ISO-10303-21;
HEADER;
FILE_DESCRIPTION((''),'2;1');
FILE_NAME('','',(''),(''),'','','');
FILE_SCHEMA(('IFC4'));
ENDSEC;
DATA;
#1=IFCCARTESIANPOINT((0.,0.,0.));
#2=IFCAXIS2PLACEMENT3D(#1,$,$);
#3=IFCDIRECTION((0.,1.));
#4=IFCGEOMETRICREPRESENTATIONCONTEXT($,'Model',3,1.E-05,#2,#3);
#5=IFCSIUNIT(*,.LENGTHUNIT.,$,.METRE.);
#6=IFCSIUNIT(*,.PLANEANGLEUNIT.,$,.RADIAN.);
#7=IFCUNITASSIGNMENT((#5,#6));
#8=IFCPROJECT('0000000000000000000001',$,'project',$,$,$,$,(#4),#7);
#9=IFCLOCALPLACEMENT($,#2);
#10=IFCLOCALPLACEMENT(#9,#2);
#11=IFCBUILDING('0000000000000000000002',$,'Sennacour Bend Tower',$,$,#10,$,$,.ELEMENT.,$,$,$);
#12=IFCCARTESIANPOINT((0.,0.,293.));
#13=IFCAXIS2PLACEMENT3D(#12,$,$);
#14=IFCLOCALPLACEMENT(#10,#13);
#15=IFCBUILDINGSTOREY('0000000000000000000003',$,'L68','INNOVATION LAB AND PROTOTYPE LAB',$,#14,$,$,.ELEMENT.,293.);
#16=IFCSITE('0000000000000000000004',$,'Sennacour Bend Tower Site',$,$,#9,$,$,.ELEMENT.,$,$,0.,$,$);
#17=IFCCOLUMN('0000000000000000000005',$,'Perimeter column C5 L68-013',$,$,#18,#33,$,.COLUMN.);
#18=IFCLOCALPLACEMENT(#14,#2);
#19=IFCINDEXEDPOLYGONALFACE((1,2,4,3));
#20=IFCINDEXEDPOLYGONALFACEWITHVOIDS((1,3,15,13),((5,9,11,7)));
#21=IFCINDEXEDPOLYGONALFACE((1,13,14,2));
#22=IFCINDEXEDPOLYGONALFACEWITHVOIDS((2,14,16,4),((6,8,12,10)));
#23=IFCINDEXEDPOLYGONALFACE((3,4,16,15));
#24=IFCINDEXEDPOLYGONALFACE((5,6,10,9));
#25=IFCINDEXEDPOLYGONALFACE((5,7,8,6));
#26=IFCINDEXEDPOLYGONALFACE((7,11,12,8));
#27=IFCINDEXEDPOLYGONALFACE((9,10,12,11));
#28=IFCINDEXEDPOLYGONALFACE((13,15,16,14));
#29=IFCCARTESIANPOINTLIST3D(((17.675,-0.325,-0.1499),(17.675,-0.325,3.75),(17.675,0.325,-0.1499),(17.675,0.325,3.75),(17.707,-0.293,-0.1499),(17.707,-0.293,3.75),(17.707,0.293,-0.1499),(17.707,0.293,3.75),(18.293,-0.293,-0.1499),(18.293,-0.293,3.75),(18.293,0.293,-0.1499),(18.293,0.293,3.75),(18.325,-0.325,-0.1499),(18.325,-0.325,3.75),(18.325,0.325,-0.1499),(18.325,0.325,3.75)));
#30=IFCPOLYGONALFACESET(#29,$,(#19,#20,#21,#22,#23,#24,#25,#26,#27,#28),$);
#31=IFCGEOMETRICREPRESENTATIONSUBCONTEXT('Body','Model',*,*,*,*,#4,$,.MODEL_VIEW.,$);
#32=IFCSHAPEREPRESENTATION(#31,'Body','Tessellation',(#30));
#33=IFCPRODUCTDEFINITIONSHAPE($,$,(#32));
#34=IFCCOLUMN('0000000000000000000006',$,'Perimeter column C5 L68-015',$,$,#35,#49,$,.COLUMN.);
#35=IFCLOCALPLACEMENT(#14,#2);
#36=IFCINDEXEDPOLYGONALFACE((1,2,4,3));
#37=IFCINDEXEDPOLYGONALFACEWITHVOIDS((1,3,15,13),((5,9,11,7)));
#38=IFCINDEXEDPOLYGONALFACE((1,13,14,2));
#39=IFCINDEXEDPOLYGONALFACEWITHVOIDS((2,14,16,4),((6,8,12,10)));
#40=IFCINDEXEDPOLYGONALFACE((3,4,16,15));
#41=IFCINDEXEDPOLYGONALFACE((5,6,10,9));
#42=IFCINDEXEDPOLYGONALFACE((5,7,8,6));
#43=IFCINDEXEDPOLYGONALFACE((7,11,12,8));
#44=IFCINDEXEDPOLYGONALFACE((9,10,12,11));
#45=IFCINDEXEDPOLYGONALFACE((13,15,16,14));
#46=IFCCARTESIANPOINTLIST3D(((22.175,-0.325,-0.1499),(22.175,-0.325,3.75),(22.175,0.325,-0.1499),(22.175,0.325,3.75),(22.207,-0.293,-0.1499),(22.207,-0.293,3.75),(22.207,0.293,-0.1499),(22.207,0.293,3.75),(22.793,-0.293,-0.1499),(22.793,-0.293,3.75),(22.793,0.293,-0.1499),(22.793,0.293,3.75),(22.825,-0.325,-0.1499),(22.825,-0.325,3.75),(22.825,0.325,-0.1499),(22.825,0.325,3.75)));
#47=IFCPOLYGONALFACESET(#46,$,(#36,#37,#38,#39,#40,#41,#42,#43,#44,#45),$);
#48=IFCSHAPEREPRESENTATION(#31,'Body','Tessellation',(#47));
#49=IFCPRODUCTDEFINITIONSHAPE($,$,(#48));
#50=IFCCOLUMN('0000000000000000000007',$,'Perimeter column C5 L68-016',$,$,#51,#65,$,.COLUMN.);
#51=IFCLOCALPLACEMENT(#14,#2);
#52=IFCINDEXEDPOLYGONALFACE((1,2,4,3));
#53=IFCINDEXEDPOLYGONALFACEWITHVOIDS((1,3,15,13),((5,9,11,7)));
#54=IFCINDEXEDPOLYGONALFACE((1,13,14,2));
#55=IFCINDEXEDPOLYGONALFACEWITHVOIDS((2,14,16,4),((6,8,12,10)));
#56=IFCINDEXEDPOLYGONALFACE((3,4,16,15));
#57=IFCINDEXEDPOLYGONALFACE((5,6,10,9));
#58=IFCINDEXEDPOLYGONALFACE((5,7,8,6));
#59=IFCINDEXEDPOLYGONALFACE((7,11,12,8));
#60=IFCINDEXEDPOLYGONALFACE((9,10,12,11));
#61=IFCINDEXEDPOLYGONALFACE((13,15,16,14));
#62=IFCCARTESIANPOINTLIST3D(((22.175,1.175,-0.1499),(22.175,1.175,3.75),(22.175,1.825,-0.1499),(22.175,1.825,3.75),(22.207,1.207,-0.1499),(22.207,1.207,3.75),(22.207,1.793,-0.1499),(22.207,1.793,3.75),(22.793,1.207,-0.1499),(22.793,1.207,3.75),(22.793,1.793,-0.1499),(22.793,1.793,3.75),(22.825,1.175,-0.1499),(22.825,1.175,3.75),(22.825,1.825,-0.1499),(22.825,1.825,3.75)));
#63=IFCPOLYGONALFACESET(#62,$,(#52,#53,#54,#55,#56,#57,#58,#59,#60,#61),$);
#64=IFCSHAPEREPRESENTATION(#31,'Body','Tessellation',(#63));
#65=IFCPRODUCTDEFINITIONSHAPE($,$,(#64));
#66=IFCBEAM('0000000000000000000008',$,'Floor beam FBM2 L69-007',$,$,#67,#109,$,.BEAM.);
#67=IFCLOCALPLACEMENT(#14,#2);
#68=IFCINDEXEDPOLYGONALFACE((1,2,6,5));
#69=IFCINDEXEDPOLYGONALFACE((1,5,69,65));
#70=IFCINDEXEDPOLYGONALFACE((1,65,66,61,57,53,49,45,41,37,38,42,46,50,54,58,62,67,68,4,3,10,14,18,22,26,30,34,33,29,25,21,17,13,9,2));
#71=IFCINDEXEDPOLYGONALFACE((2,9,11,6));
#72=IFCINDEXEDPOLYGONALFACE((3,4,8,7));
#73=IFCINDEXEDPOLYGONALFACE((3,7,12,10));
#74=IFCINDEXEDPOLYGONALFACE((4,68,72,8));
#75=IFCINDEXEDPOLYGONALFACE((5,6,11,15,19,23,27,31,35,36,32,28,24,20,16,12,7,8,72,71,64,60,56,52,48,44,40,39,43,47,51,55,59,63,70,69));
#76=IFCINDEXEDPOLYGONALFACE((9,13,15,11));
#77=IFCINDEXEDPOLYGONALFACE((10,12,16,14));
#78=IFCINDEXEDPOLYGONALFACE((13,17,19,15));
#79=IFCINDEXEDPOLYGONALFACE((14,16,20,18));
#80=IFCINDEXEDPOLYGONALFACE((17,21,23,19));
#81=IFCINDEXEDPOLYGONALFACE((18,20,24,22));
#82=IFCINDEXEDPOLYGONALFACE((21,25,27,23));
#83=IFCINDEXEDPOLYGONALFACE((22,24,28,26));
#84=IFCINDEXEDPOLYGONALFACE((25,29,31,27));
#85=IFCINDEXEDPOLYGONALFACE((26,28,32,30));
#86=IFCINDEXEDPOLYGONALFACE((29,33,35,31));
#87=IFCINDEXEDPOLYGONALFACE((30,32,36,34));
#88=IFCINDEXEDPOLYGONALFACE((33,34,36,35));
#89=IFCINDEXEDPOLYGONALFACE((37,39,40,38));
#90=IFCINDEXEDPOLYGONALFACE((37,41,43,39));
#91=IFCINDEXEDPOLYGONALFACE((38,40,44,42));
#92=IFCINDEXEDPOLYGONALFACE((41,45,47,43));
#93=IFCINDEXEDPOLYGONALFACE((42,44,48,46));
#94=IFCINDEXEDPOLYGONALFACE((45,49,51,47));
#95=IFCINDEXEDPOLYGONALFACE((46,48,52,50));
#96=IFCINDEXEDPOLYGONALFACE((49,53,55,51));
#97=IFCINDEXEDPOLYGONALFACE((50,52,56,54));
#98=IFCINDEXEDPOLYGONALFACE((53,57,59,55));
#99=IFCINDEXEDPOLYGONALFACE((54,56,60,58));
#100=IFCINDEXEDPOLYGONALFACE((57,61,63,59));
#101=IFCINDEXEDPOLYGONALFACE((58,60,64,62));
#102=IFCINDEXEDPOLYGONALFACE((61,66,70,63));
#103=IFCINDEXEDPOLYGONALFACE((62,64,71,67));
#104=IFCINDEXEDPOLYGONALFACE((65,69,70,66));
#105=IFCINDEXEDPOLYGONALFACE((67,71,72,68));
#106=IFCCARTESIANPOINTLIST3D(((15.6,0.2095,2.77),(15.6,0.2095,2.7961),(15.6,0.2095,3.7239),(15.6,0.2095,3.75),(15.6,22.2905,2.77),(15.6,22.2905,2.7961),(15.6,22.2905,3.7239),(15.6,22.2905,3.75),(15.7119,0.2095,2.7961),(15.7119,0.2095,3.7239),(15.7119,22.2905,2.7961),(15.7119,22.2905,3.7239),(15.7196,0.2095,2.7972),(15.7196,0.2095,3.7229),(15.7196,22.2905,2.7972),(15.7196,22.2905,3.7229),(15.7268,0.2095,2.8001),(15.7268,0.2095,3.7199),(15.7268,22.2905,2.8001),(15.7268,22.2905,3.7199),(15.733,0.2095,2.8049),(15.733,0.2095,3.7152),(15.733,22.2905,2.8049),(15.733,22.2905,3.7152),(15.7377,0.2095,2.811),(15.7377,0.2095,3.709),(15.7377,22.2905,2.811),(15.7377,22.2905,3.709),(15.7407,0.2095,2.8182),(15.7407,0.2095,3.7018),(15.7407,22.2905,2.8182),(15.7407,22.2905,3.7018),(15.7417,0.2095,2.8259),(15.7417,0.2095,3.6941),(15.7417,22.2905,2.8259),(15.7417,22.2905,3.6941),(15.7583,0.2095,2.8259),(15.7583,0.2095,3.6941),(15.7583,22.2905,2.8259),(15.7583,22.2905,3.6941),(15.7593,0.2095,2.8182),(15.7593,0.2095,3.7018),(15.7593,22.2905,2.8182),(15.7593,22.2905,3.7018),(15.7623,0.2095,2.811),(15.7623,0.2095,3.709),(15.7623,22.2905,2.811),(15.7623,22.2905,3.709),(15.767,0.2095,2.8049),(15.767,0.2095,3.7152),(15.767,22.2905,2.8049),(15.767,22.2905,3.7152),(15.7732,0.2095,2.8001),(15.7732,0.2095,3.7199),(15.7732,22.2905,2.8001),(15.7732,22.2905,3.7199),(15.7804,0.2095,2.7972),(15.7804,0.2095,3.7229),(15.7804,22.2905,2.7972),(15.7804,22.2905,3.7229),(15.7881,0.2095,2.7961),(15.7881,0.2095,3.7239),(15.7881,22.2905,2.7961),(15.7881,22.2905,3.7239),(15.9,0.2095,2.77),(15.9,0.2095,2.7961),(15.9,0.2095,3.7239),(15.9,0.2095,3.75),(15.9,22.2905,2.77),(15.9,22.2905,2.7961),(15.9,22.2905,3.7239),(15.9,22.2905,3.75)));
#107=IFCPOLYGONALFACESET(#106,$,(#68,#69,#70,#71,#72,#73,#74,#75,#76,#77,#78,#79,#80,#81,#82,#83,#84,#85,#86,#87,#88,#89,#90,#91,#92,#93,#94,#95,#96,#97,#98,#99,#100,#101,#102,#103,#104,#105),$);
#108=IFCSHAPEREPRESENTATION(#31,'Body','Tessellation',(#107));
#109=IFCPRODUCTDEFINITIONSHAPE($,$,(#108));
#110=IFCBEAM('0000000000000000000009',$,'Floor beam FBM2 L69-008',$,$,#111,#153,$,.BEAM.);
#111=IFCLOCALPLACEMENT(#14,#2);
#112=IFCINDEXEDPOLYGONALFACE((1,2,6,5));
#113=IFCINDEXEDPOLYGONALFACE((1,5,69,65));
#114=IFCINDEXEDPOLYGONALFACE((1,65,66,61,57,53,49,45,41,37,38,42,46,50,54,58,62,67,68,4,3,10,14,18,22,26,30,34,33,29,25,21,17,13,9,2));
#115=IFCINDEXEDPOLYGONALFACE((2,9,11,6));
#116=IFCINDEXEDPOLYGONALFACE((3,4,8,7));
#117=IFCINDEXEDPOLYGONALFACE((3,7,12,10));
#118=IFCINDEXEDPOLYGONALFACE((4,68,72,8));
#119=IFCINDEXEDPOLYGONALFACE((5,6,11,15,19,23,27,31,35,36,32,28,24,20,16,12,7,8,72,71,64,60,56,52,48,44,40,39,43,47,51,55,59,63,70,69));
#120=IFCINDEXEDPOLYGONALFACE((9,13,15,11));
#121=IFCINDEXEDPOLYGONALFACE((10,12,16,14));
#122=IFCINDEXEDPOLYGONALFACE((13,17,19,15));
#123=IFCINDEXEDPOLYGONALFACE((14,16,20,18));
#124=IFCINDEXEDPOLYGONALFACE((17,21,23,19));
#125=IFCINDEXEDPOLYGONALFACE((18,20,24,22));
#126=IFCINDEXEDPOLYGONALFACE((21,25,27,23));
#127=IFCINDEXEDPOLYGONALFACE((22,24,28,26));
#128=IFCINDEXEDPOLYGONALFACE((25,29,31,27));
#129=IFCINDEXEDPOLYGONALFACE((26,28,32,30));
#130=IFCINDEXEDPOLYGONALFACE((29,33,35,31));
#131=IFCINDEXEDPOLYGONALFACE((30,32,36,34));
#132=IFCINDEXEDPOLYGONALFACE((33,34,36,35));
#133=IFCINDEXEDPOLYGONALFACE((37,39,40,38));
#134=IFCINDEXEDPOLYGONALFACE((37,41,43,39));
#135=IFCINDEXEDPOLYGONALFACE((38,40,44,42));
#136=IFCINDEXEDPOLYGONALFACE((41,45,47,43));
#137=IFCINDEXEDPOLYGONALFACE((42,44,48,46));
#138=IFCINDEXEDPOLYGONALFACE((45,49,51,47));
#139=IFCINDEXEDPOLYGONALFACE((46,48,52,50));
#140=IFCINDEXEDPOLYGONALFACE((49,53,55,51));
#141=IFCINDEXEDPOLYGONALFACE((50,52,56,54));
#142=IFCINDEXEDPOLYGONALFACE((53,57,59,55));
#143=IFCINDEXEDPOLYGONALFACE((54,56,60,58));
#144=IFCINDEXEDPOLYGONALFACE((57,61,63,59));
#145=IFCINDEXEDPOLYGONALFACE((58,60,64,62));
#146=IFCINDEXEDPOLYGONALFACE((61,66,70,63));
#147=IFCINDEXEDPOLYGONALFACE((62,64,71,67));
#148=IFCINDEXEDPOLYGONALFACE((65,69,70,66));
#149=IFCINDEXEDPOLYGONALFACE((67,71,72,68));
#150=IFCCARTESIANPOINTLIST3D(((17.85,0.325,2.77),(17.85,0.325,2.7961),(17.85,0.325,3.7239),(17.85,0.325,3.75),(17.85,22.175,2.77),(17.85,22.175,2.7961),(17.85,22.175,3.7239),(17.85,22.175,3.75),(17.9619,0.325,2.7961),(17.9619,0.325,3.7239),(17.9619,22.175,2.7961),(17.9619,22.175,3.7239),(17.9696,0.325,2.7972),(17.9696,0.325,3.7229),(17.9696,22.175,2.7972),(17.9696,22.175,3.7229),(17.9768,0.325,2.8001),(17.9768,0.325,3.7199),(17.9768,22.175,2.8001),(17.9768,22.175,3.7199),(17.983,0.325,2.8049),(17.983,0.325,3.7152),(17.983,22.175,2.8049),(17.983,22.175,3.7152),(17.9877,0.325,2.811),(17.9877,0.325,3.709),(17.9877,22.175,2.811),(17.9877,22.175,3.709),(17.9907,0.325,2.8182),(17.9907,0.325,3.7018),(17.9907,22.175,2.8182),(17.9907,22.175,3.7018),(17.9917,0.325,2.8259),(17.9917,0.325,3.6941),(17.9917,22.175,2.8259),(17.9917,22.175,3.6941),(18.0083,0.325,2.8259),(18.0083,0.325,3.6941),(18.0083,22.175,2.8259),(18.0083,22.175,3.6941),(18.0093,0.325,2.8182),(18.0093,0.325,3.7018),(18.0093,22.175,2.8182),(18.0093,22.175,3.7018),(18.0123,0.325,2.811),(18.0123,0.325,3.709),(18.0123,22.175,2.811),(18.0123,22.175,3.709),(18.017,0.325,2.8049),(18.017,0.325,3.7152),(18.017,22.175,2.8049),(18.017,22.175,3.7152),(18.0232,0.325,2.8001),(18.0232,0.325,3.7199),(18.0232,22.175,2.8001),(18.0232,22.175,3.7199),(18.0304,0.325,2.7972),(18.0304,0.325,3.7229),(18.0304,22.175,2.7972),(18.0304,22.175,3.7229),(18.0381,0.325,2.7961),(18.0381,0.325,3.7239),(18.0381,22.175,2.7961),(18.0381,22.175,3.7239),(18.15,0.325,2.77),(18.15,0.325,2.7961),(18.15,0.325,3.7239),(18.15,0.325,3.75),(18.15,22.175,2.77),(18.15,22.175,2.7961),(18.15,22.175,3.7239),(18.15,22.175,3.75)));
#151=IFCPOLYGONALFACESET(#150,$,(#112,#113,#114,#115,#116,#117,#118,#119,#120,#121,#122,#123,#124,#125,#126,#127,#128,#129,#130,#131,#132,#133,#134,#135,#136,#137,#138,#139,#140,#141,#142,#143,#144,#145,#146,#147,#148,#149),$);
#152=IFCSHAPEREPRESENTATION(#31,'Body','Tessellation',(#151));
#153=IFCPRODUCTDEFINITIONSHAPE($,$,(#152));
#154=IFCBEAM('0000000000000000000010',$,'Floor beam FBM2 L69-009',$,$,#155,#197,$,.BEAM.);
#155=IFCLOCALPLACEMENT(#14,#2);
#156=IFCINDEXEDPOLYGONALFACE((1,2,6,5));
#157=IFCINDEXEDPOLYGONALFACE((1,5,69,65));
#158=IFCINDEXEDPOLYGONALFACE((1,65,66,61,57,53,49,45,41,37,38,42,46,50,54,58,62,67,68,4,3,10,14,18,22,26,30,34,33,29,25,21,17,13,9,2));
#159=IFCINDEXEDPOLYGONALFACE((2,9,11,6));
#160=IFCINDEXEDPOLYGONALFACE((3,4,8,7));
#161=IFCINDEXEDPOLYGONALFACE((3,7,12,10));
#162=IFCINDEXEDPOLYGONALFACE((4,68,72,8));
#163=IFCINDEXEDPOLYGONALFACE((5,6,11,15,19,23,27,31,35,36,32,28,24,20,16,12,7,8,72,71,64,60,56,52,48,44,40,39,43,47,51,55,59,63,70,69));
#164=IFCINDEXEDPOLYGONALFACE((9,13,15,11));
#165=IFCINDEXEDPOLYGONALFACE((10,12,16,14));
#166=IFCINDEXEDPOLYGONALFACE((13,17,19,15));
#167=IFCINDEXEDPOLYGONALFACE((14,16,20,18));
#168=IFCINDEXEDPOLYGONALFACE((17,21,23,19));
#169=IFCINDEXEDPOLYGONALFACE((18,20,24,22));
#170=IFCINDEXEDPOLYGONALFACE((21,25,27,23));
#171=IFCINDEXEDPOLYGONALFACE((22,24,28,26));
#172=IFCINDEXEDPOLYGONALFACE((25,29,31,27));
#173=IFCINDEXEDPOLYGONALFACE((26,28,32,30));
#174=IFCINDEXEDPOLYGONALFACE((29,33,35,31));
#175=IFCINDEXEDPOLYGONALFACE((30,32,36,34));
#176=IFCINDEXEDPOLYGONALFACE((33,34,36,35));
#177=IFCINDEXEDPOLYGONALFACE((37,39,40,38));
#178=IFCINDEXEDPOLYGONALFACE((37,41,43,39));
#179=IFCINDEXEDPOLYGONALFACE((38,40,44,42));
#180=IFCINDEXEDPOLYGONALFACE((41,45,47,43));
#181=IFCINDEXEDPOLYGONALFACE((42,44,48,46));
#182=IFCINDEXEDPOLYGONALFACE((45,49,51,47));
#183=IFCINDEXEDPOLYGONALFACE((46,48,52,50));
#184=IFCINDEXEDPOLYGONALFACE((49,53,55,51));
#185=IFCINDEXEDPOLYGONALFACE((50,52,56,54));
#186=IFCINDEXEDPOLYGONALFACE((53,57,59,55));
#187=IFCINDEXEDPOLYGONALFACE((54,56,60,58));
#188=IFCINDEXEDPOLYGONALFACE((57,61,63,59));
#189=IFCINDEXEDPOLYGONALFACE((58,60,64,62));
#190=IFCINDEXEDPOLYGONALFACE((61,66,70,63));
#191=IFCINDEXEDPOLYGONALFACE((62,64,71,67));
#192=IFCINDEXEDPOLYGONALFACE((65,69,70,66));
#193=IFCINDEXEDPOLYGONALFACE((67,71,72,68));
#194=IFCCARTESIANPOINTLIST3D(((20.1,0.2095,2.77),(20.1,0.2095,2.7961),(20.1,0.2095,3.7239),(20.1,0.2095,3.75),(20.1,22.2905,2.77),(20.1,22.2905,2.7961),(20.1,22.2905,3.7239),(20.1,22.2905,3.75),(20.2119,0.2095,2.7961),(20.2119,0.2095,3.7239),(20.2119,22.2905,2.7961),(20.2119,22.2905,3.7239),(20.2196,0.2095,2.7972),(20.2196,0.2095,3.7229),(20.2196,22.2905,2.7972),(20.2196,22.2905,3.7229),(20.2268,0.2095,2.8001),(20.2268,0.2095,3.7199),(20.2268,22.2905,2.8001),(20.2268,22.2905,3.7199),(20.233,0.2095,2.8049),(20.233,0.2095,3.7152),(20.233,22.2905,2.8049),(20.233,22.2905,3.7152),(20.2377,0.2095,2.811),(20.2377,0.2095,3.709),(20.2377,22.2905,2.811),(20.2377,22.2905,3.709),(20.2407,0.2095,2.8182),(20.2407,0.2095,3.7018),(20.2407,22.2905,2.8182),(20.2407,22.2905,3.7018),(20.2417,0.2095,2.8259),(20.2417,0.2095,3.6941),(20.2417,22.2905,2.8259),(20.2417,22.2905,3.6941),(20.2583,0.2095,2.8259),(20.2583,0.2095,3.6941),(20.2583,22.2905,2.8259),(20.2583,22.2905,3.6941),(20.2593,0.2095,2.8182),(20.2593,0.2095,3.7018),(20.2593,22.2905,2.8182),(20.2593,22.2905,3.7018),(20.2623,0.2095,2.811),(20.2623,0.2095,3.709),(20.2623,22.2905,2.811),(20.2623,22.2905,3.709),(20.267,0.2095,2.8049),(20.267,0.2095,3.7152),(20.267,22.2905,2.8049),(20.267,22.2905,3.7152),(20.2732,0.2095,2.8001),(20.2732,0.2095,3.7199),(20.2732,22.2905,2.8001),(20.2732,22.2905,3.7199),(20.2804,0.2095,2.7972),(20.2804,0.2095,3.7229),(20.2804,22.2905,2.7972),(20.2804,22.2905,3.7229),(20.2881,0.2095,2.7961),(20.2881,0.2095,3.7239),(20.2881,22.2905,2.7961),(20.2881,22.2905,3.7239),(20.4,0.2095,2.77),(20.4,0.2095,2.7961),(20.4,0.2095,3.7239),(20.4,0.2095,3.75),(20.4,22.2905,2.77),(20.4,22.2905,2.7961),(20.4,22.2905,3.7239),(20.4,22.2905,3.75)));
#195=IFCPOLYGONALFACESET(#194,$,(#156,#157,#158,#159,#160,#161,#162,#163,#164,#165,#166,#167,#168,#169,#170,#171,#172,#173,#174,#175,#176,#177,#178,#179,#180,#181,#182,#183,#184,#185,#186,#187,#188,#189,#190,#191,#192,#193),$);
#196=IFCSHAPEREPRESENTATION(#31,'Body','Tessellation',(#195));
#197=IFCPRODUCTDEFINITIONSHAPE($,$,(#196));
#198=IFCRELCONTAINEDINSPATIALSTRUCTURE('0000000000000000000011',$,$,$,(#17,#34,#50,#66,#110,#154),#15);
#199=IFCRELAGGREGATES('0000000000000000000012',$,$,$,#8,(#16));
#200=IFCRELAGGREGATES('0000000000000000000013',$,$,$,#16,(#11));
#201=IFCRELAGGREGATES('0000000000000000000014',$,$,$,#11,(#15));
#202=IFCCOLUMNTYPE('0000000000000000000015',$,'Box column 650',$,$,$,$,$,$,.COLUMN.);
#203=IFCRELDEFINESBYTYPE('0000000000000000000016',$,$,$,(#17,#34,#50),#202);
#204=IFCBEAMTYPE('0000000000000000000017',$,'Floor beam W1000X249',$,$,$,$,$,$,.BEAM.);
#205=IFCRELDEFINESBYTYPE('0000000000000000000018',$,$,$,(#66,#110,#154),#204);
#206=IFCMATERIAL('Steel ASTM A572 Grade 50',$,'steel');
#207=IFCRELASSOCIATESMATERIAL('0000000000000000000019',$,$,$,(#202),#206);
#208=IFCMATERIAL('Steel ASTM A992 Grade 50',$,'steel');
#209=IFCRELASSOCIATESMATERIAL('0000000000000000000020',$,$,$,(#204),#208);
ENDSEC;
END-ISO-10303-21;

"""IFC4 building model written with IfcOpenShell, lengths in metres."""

from ifc_helpers import new_model, si_unit, direction, frame, origin, origin_2d, place, context, subcontext, project, spatial, hollow_rectangle, i_section, extrude, material, material_profile, profile_set, type_object, element, save


model = new_model("IFC4")

# Units and contexts
model_context = context("Model", 3, precision=1e-05, world=origin(), true_north=direction((0.0, 1.0)))
body_context = subcontext(model_context, "Body", "Model", "MODEL_VIEW")
ifc_project = project(units=[si_unit("LENGTHUNIT", "METRE"), si_unit("PLANEANGLEUNIT", "RADIAN")], contexts=[model_context])

# Site, building, storey
site_placement = place(None, origin())
site = spatial("IfcSite", under=ifc_project, at=site_placement, Name="Sennacour Bend Tower Site", CompositionType="ELEMENT", RefElevation=0.0)
building_placement = place(site_placement, origin())
building = spatial("IfcBuilding", under=site, at=building_placement, Name="Sennacour Bend Tower", CompositionType="ELEMENT")
storey_placement = place(building_placement, frame((0.0, 0.0, 293.0)))
storey = spatial("IfcBuildingStorey", under=building, at=storey_placement, Name="L68", Description="INNOVATION LAB AND PROTOTYPE LAB", CompositionType="ELEMENT", Elevation=293.0)

# Columns
ifc_material_1 = material(Name="Steel ASTM A572 Grade 50", Category="steel")
ifc_material_profile_1 = material_profile(ifc_material_1, hollow_rectangle(XDim=0.6499, YDim=0.6499, WallThickness=0.032, at=origin_2d()), Name="Steel ASTM A572 Grade 50", Category="steel")
ifc_profile_set_1 = profile_set([ifc_material_profile_1], Name="Steel ASTM A572 Grade 50")
column_type = type_object("IfcColumnType", Name="Box column 650", PredefinedType="COLUMN", material=ifc_profile_set_1)
for number, where, z_axis, x_axis, name in (
    (1, (18.0, 0.0, -0.1499), (0.0, 0.0, 1.0), (1.0, 0.0, 0.0), "Perimeter column C5 L68-013"),
    (2, (22.5, 0.0, -0.1499), (0.0, 0.0, 1.0), (1.0, 0.0, 0.0), "Perimeter column C5 L68-015"),
    (3, (22.5, 1.5, -0.1499), (0.0, 0.0, 1.0), (1.0, 0.0, 0.0), "Perimeter column C5 L68-016"),
):
    element("IfcColumn", number, at=place(storey_placement, frame(where, z_axis=z_axis, x_axis=x_axis)), inside=storey, type_object=column_type, Name=name, PredefinedType="COLUMN", context=body_context, shape_type="SweptSolid", body=[
        extrude(hollow_rectangle(XDim=0.6499, YDim=0.6499, WallThickness=0.032, at=origin_2d()), origin(), (0.0, 0.0, 1.0), 3.8999),
    ])

# Beams
ifc_material_2 = material(Name="Steel ASTM A992 Grade 50", Category="steel")
ifc_material_profile_2 = material_profile(ifc_material_2, i_section(OverallWidth=0.3, OverallDepth=0.98, WebThickness=0.0166, FlangeThickness=0.0261, FilletRadius=0.0298, at=origin_2d()), Name="Steel ASTM A992 Grade 50", Category="steel")
ifc_profile_set_2 = profile_set([ifc_material_profile_2], Name="Steel ASTM A992 Grade 50")
beam_type = type_object("IfcBeamType", Name="Floor beam W1000X249", PredefinedType="BEAM", material=ifc_profile_set_2)
beam_1_placement = place(storey_placement, frame((15.75, 0.2095, 3.26), z_axis=(0.0, 1.0, 0.0), x_axis=(-1.0, 0.0, 0.0)))
element("IfcBeam", 4, at=beam_1_placement, inside=storey, type_object=beam_type, Name="Floor beam FBM2 L69-007", PredefinedType="BEAM", context=body_context, shape_type="SweptSolid", body=[
    extrude(i_section(OverallWidth=0.3, OverallDepth=0.98, WebThickness=0.0166, FlangeThickness=0.0261, FilletRadius=0.0298, at=origin_2d()), origin(), (0.0, 0.0, 1.0), 22.0811),
])
beam_2_placement = place(storey_placement, frame((18.0, 0.325, 3.26), z_axis=(0.0, 1.0, 0.0), x_axis=(-1.0, 0.0, 0.0)))
element("IfcBeam", 5, at=beam_2_placement, inside=storey, type_object=beam_type, Name="Floor beam FBM2 L69-008", PredefinedType="BEAM", context=body_context, shape_type="SweptSolid", body=[
    extrude(i_section(OverallWidth=0.3, OverallDepth=0.98, WebThickness=0.0166, FlangeThickness=0.0261, FilletRadius=0.0298, at=origin_2d()), origin(), (0.0, 0.0, 1.0), 21.8501),
])
beam_3_placement = place(storey_placement, frame((20.25, 0.2095, 3.26), z_axis=(0.0, 1.0, 0.0), x_axis=(-1.0, 0.0, 0.0)))
element("IfcBeam", 6, at=beam_3_placement, inside=storey, type_object=beam_type, Name="Floor beam FBM2 L69-009", PredefinedType="BEAM", context=body_context, shape_type="SweptSolid", body=[
    extrude(i_section(OverallWidth=0.3, OverallDepth=0.98, WebThickness=0.0166, FlangeThickness=0.0261, FilletRadius=0.0298, at=origin_2d()), origin(), (0.0, 0.0, 1.0), 22.0811),
])

save(model, "model.ifc")
